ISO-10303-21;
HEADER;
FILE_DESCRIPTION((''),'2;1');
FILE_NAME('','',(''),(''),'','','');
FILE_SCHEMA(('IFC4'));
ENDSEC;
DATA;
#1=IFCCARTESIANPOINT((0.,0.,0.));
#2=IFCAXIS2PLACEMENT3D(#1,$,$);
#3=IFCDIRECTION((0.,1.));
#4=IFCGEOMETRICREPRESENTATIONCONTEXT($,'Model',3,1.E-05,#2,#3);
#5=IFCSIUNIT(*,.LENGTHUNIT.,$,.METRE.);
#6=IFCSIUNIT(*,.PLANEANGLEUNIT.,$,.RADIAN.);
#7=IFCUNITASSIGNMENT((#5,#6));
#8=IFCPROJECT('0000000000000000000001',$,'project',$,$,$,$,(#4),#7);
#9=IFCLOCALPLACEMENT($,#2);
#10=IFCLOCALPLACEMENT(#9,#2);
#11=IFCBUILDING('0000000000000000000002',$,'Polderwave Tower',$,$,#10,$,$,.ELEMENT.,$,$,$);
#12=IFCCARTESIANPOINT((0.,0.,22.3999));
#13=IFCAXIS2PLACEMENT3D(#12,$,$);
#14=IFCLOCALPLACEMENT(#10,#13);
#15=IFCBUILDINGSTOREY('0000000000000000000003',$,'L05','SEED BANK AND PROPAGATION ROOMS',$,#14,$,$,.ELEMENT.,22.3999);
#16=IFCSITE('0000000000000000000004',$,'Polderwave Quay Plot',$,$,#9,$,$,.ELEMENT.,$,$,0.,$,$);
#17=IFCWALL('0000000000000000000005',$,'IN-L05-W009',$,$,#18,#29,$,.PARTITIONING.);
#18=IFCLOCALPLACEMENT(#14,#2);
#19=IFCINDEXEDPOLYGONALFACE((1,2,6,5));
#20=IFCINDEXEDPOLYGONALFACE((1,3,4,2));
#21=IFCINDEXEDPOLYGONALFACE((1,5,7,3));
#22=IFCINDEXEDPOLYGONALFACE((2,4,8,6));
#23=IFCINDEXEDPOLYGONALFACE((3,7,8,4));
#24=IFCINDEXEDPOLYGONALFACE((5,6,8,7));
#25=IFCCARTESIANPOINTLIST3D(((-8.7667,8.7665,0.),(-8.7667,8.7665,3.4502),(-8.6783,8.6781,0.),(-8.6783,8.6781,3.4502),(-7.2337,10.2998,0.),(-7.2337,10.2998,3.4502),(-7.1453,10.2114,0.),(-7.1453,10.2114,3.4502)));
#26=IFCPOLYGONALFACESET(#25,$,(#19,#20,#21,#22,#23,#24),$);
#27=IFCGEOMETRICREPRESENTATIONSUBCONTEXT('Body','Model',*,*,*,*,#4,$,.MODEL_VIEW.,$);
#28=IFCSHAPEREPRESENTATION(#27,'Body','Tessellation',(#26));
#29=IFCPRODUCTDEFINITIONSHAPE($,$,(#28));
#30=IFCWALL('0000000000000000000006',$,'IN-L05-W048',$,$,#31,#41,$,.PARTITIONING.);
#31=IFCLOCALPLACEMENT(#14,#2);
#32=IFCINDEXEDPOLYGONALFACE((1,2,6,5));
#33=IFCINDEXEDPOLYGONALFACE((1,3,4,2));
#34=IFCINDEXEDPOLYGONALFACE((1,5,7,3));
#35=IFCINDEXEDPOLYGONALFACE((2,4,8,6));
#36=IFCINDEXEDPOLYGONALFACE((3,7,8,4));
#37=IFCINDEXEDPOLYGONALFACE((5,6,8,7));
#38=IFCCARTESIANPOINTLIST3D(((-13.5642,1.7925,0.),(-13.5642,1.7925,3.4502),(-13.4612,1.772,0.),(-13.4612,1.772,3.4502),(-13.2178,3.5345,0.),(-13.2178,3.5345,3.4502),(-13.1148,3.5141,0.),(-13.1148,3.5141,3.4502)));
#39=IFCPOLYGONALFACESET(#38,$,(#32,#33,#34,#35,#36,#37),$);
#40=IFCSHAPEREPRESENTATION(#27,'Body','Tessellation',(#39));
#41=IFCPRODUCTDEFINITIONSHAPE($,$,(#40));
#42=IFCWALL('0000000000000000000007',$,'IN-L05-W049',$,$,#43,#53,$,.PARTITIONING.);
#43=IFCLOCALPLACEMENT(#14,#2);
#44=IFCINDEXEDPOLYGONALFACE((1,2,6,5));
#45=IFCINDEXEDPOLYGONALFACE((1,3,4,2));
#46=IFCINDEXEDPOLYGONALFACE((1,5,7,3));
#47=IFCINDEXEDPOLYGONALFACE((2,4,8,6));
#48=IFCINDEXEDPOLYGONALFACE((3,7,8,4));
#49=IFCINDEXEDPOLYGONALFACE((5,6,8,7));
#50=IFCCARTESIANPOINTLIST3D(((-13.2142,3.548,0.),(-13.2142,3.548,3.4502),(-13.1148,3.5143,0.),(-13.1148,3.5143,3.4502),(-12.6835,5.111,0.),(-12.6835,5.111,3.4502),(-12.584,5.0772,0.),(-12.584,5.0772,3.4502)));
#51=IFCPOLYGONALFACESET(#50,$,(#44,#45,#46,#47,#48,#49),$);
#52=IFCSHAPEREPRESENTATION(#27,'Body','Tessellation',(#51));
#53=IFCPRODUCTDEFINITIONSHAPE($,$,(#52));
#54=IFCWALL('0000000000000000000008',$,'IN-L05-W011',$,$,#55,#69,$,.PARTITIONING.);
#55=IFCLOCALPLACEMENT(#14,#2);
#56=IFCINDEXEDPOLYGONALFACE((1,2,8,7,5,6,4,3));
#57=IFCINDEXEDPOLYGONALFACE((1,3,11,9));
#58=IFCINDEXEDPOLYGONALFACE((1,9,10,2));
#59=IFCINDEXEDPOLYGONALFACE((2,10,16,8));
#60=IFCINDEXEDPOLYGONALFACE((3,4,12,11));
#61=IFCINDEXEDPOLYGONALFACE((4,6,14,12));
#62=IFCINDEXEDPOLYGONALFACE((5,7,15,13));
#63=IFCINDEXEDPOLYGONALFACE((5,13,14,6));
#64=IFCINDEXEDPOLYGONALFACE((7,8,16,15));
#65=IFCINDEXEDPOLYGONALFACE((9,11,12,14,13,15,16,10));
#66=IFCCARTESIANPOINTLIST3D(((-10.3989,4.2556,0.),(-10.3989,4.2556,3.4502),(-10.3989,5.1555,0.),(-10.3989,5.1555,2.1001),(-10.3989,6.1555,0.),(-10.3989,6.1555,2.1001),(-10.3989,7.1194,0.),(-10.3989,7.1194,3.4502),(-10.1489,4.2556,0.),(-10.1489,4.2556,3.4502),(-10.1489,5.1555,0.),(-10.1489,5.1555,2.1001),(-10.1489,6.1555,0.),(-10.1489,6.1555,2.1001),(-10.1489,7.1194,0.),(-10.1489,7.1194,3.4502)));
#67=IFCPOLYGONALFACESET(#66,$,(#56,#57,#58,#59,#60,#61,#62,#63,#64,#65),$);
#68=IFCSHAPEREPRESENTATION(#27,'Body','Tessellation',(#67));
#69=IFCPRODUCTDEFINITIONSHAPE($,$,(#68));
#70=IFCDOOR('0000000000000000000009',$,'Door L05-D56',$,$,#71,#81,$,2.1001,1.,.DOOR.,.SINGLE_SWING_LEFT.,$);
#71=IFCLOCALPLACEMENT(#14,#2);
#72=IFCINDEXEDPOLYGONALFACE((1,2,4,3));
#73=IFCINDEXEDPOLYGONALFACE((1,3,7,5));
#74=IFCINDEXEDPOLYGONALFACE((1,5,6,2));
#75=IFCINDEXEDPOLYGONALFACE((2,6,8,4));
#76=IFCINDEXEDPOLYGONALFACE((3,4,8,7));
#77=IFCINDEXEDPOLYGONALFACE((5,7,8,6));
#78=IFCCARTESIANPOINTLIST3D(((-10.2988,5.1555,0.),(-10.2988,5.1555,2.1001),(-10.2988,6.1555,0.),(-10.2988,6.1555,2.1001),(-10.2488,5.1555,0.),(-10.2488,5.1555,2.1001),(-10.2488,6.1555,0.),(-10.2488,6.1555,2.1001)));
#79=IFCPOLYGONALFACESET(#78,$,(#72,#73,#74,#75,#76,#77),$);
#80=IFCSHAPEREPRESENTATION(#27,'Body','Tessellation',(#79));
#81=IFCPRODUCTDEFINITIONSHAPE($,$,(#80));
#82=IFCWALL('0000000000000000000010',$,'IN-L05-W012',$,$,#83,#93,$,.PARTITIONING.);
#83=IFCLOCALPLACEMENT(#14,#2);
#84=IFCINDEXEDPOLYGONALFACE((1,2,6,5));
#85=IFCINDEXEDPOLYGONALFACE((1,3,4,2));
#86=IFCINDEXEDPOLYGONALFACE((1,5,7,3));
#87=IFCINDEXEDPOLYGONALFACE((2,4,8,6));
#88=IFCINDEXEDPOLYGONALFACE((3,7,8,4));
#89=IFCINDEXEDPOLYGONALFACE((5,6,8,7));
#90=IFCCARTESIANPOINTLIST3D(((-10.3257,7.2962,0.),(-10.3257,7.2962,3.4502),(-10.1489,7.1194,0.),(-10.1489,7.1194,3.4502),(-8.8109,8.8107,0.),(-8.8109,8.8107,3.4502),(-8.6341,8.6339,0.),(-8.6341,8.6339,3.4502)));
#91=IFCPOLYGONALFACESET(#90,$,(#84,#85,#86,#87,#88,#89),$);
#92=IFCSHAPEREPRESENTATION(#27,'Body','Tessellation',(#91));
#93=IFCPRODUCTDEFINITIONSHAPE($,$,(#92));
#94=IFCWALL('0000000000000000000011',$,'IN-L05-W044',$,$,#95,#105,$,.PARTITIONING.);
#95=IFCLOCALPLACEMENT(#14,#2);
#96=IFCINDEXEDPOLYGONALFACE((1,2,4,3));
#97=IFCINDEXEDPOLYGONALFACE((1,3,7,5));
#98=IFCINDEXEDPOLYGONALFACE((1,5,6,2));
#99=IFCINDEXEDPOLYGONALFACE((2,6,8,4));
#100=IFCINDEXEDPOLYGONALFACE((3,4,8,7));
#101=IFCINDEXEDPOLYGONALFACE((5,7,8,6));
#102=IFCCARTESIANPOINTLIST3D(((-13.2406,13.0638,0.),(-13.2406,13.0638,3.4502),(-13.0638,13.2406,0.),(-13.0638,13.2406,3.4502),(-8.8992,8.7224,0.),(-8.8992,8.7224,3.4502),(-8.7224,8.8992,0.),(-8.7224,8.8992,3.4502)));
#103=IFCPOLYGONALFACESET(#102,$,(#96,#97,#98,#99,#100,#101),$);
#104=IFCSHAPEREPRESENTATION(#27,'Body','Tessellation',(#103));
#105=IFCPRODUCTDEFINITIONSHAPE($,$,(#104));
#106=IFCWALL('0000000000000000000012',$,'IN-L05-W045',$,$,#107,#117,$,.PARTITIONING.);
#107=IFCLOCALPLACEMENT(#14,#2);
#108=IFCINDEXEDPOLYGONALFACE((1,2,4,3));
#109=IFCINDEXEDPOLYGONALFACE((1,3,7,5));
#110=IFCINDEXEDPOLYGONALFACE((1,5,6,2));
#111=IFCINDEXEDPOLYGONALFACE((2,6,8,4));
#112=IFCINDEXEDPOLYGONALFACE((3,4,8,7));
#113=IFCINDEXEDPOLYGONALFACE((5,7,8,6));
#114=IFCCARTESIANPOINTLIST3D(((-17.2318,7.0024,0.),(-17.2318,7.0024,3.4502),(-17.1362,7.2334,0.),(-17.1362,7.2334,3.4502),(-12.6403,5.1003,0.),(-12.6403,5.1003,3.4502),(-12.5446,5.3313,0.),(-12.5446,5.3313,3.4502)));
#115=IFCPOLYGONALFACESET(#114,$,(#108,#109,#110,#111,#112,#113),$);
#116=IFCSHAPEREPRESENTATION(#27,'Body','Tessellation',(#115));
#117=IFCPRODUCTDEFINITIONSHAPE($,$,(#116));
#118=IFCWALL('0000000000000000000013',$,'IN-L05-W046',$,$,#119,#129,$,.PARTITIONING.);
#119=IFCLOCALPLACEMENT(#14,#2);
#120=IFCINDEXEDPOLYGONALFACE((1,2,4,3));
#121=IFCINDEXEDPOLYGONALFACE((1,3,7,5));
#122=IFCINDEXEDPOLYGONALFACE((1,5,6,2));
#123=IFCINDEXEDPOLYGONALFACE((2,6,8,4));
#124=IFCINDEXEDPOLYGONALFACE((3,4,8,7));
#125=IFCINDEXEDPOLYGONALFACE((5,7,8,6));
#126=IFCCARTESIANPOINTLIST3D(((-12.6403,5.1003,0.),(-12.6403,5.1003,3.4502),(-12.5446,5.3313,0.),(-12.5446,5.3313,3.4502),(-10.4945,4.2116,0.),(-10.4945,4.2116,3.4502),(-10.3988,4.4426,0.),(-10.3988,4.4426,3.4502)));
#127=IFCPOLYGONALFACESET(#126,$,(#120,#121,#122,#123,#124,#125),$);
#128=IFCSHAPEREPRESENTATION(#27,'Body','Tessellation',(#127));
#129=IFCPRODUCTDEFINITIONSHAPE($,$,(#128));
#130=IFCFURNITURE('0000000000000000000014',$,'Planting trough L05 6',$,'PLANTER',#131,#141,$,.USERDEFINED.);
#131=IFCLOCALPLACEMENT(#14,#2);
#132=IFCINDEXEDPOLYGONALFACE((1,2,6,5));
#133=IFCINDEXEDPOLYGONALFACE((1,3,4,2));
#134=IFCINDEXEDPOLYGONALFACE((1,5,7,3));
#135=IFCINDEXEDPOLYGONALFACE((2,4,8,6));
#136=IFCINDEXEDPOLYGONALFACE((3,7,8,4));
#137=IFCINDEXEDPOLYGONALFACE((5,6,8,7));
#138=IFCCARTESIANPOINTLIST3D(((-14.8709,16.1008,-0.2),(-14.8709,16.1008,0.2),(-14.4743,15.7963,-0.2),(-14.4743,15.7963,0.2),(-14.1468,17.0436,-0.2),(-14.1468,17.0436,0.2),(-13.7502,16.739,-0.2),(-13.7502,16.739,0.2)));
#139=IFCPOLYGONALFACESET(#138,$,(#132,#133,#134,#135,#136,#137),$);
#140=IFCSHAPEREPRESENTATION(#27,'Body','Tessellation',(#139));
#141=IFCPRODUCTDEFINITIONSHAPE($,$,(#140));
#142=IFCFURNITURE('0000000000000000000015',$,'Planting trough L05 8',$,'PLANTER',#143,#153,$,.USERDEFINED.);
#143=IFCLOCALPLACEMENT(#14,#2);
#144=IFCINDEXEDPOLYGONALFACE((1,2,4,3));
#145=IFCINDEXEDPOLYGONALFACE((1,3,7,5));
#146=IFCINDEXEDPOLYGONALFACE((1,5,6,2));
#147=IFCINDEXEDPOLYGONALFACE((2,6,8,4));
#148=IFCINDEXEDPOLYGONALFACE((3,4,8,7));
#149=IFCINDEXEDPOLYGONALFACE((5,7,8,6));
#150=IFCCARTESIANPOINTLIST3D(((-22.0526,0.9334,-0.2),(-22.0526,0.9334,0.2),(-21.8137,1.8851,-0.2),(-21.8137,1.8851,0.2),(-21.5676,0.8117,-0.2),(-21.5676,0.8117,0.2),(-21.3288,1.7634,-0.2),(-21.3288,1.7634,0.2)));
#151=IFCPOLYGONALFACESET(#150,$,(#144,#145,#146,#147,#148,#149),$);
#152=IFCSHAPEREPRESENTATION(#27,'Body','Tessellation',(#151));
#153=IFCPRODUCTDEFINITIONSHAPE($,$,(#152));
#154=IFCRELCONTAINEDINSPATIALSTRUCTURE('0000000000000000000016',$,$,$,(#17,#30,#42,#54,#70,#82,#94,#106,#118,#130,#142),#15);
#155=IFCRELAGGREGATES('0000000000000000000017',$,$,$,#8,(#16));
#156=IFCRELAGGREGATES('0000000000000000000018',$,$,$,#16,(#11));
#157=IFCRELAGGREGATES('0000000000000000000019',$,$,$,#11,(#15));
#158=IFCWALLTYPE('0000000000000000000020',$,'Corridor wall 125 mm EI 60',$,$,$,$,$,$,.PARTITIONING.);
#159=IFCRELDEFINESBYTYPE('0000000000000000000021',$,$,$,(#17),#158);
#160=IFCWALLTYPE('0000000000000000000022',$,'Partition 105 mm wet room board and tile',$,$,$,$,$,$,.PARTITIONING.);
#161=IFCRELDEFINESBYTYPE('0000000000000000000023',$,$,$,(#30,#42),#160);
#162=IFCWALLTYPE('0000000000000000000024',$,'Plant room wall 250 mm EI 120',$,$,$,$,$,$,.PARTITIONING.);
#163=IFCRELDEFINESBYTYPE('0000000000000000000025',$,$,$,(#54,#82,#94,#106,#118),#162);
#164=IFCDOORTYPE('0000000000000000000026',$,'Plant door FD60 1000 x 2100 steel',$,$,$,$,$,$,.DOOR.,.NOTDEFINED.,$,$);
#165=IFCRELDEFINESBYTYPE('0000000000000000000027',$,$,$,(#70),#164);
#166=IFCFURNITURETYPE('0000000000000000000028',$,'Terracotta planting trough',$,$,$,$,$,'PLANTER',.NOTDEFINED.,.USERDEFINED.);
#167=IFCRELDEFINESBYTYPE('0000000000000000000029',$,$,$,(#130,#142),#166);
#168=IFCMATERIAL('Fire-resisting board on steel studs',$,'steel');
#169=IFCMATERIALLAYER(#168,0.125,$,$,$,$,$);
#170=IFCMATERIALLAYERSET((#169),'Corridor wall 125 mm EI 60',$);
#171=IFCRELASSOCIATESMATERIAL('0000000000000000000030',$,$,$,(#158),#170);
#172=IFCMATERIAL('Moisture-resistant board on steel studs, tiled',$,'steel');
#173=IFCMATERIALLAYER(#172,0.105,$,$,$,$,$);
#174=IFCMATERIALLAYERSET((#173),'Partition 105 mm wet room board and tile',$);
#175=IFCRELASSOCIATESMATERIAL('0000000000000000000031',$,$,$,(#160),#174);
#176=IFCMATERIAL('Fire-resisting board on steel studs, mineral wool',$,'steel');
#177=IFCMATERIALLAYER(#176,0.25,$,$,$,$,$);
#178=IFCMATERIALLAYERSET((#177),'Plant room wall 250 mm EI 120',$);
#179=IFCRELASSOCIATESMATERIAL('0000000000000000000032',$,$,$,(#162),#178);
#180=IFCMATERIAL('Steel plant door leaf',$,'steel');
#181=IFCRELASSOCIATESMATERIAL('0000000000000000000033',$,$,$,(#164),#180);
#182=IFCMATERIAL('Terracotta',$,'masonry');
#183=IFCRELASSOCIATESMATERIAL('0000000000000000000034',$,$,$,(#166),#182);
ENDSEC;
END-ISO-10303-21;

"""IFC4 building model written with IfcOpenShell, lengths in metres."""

from ifc_helpers import new_model, si_unit, direction, frame, frame_2d, origin, origin_2d, place, context, subcontext, project, spatial, rectangle, extrude, material, layer, layer_set, type_object, element, fill, save


model = new_model("IFC4")

# Units and contexts
model_context = context("Model", 3, precision=1e-05, world=origin(), true_north=direction((0.0, 1.0)))
body_context = subcontext(model_context, "Body", "Model", "MODEL_VIEW")
ifc_project = project(units=[si_unit("LENGTHUNIT", "METRE"), si_unit("PLANEANGLEUNIT", "RADIAN")], contexts=[model_context])

# Site, building, storey
site_placement = place(None, origin())
site = spatial("IfcSite", under=ifc_project, at=site_placement, Name="Polderwave Quay Plot", CompositionType="ELEMENT", RefElevation=0.0)
building_placement = place(site_placement, origin())
building = spatial("IfcBuilding", under=site, at=building_placement, Name="Polderwave Tower", CompositionType="ELEMENT")
storey_placement = place(building_placement, frame((0.0, 0.0, 22.3999)))
storey = spatial("IfcBuildingStorey", under=building, at=storey_placement, Name="L05", Description="SEED BANK AND PROPAGATION ROOMS", CompositionType="ELEMENT", Elevation=22.3999)

# Walls
ifc_material_1 = material(Name="Fire-resisting board on steel studs", Category="steel")
ifc_layer_1 = layer(ifc_material_1, 0.125)
ifc_layer_set_1 = layer_set([ifc_layer_1], Name="Corridor wall 125 mm EI 60")
wall_type_1 = type_object("IfcWallType", Name="Corridor wall 125 mm EI 60", PredefinedType="PARTITIONING", material=ifc_layer_set_1)
wall_1_placement = place(storey_placement, frame((-8.7224, 8.7224, 0.0), z_axis=(0.0, 0.0, 1.0), x_axis=(0.70705, 0.707163, 0.0)))
element("IfcWall", 1, at=wall_1_placement, inside=storey, type_object=wall_type_1, Name="IN-L05-W009", PredefinedType="PARTITIONING", context=body_context, shape_type="SweptSolid", body=[
    extrude(rectangle(XDim=2.1682, YDim=0.125, at=frame_2d((1.084, 0.0))), origin(), (0.0, 0.0, 1.0), 3.4502),
])
ifc_material_2 = material(Name="Moisture-resistant board on steel studs, tiled", Category="steel")
ifc_layer_2 = layer(ifc_material_2, 0.105)
ifc_layer_set_2 = layer_set([ifc_layer_2], Name="Partition 105 mm wet room board and tile")
wall_type_2 = type_object("IfcWallType", Name="Partition 105 mm wet room board and tile", PredefinedType="PARTITIONING", material=ifc_layer_set_2)
wall_2_placement = place(storey_placement, frame((-13.1663, 3.5244, 0.0), z_axis=(0.0, 0.0, 1.0), x_axis=(-0.195059, -0.980792, 0.0)))
element("IfcWall", 2, at=wall_2_placement, inside=storey, type_object=wall_type_2, Name="IN-L05-W048", PredefinedType="PARTITIONING", context=body_context, shape_type="SweptSolid", body=[
    extrude(rectangle(XDim=1.7761, YDim=0.105, at=frame_2d((0.8882, 0.0))), origin(), (0.0, 0.0, 1.0), 3.4502),
])
wall_3_placement = place(storey_placement, frame((-12.6338, 5.094, 0.0), z_axis=(0.0, 0.0, 1.0), x_axis=(-0.321547, -0.946893, 0.0)))
element("IfcWall", 3, at=wall_3_placement, inside=storey, type_object=wall_type_2, Name="IN-L05-W049", PredefinedType="PARTITIONING", context=body_context, shape_type="SweptSolid", body=[
    extrude(rectangle(XDim=1.6506, YDim=0.105, at=frame_2d((0.8252, 0.0))), origin(), (0.0, 0.0, 1.0), 3.4502),
])

# Wall, opening, door
ifc_material_3 = material(Name="Fire-resisting board on steel studs, mineral wool", Category="steel")
ifc_layer_3 = layer(ifc_material_3, 0.25)
ifc_layer_set_3 = layer_set([ifc_layer_3], Name="Plant room wall 250 mm EI 120")
wall_type_3 = type_object("IfcWallType", Name="Plant room wall 250 mm EI 120", PredefinedType="PARTITIONING", material=ifc_layer_set_3)
wall_4_placement = place(storey_placement, frame((-10.2739, 4.2556, 0.0), z_axis=(0.0, 0.0, 1.0), x_axis=(0.0, 1.0, 0.0)))
wall_4 = element("IfcWall", 4, at=wall_4_placement, inside=storey, type_object=wall_type_3, Name="IN-L05-W011", PredefinedType="PARTITIONING", context=body_context, shape_type="SweptSolid", body=[
    extrude(rectangle(XDim=2.8638, YDim=0.25, at=frame_2d((1.4319, 0.0))), origin(), (0.0, 0.0, 1.0), 3.4502),
])
opening_placement = place(wall_4_placement, frame((0.8999, 0.0, 0.0)))
opening = element("IfcOpeningElement", 5, at=opening_placement, cuts=wall_4, PredefinedType="OPENING", context=body_context, shape_type="SweptSolid", body=[
    extrude(rectangle(XDim=1.0, YDim=2.1001, at=frame_2d((0.5, 1.05))), frame((0.0, 0.135, 0.0), z_axis=(0.0, -1.0, 0.0), x_axis=(1.0, 0.0, 0.0)), (0.0, 0.0, 1.0), 0.27),
])
ifc_material_4 = material(Name="Steel plant door leaf", Category="steel")
door_type = type_object("IfcDoorType", Name="Plant door FD60 1000 x 2100 steel", OperationType="NOTDEFINED", PredefinedType="DOOR", material=ifc_material_4)
door_placement = place(opening_placement, origin())
door = element("IfcDoor", 6, at=door_placement, inside=storey, type_object=door_type, Name="Door L05-D56", OperationType="SINGLE_SWING_LEFT", OverallHeight=2.1001, OverallWidth=1.0, PredefinedType="DOOR", context=body_context, shape_type="SweptSolid", body=[
    extrude(rectangle(XDim=1.0, YDim=2.1001, at=frame_2d((0.5, 1.05))), frame((0.0, 0.0249, 0.0), z_axis=(0.0, -1.0, 0.0), x_axis=(1.0, 0.0, 0.0)), (0.0, 0.0, 1.0), 0.05),
])
fill(opening, door)

# Walls
wall_5_placement = place(storey_placement, frame((-10.2373, 7.2078, 0.0), z_axis=(0.0, 0.0, 1.0), x_axis=(0.707164, 0.70705, 0.0)))
element("IfcWall", 7, at=wall_5_placement, inside=storey, type_object=wall_type_3, Name="IN-L05-W012", PredefinedType="PARTITIONING", context=body_context, shape_type="SweptSolid", body=[
    extrude(rectangle(XDim=2.1421, YDim=0.25, at=frame_2d((1.071, 0.0))), origin(), (0.0, 0.0, 1.0), 3.4502),
])
wall_6_placement = place(storey_placement, frame((-8.8108, 8.8108, 0.0), z_axis=(0.0, 0.0, 1.0), x_axis=(-0.707107, 0.707107, 0.0)))
element("IfcWall", 8, at=wall_6_placement, inside=storey, type_object=wall_type_3, Name="IN-L05-W044", PredefinedType="PARTITIONING", context=body_context, shape_type="SweptSolid", body=[
    extrude(rectangle(XDim=6.1396, YDim=0.25, at=frame_2d((3.0698, 0.0))), origin(), (0.0, 0.0, 1.0), 3.4502),
])
wall_7_placement = place(storey_placement, frame((-12.5925, 5.2158, 0.0), z_axis=(0.0, 0.0, 1.0), x_axis=(-0.923864, 0.382721, 0.0)))
element("IfcWall", 9, at=wall_7_placement, inside=storey, type_object=wall_type_3, Name="IN-L05-W045", PredefinedType="PARTITIONING", context=body_context, shape_type="SweptSolid", body=[
    extrude(rectangle(XDim=4.97, YDim=0.25, at=frame_2d((2.4849, 0.0))), origin(), (0.0, 0.0, 1.0), 3.4502),
])
wall_8_placement = place(storey_placement, frame((-10.4468, 4.3271, 0.0), z_axis=(0.0, 0.0, 1.0), x_axis=(-0.923899, 0.382637, 0.0)))
element("IfcWall", 10, at=wall_8_placement, inside=storey, type_object=wall_type_3, Name="IN-L05-W046", PredefinedType="PARTITIONING", context=body_context, shape_type="SweptSolid", body=[
    extrude(rectangle(XDim=2.3225, YDim=0.25, at=frame_2d((1.1611, 0.0))), origin(), (0.0, 0.0, 1.0), 3.4502),
])

# Furniture
ifc_material_5 = material(Name="Terracotta", Category="masonry")
furniture_type = type_object("IfcFurnitureType", Name="Terracotta planting trough", ElementType="PLANTER", AssemblyPlace="NOTDEFINED", PredefinedType="USERDEFINED", material=ifc_material_5)
furniture_1_placement = place(storey_placement, frame((-14.3105, 16.4199, -0.2), z_axis=(0.0, 0.0, 1.0), x_axis=(-0.609144, -0.79306, 0.0)))
element("IfcFurniture", 11, at=furniture_1_placement, inside=storey, type_object=furniture_type, Name="Planting trough L05 6", ObjectType="PLANTER", PredefinedType="USERDEFINED", context=body_context, shape_type="SweptSolid", body=[
    extrude(rectangle(XDim=1.1887, YDim=0.5, at=origin_2d()), origin(), (0.0, 0.0, 1.0), 0.3999),
])
furniture_2_placement = place(storey_placement, frame((-21.6907, 1.3484, -0.2), z_axis=(0.0, 0.0, 1.0), x_axis=(-0.243441, -0.969916, 0.0)))
element("IfcFurniture", 12, at=furniture_2_placement, inside=storey, type_object=furniture_type, Name="Planting trough L05 8", ObjectType="PLANTER", PredefinedType="USERDEFINED", context=body_context, shape_type="SweptSolid", body=[
    extrude(rectangle(XDim=0.9812, YDim=0.5, at=origin_2d()), origin(), (0.0, 0.0, 1.0), 0.3999),
])

save(model, "model.ifc")
